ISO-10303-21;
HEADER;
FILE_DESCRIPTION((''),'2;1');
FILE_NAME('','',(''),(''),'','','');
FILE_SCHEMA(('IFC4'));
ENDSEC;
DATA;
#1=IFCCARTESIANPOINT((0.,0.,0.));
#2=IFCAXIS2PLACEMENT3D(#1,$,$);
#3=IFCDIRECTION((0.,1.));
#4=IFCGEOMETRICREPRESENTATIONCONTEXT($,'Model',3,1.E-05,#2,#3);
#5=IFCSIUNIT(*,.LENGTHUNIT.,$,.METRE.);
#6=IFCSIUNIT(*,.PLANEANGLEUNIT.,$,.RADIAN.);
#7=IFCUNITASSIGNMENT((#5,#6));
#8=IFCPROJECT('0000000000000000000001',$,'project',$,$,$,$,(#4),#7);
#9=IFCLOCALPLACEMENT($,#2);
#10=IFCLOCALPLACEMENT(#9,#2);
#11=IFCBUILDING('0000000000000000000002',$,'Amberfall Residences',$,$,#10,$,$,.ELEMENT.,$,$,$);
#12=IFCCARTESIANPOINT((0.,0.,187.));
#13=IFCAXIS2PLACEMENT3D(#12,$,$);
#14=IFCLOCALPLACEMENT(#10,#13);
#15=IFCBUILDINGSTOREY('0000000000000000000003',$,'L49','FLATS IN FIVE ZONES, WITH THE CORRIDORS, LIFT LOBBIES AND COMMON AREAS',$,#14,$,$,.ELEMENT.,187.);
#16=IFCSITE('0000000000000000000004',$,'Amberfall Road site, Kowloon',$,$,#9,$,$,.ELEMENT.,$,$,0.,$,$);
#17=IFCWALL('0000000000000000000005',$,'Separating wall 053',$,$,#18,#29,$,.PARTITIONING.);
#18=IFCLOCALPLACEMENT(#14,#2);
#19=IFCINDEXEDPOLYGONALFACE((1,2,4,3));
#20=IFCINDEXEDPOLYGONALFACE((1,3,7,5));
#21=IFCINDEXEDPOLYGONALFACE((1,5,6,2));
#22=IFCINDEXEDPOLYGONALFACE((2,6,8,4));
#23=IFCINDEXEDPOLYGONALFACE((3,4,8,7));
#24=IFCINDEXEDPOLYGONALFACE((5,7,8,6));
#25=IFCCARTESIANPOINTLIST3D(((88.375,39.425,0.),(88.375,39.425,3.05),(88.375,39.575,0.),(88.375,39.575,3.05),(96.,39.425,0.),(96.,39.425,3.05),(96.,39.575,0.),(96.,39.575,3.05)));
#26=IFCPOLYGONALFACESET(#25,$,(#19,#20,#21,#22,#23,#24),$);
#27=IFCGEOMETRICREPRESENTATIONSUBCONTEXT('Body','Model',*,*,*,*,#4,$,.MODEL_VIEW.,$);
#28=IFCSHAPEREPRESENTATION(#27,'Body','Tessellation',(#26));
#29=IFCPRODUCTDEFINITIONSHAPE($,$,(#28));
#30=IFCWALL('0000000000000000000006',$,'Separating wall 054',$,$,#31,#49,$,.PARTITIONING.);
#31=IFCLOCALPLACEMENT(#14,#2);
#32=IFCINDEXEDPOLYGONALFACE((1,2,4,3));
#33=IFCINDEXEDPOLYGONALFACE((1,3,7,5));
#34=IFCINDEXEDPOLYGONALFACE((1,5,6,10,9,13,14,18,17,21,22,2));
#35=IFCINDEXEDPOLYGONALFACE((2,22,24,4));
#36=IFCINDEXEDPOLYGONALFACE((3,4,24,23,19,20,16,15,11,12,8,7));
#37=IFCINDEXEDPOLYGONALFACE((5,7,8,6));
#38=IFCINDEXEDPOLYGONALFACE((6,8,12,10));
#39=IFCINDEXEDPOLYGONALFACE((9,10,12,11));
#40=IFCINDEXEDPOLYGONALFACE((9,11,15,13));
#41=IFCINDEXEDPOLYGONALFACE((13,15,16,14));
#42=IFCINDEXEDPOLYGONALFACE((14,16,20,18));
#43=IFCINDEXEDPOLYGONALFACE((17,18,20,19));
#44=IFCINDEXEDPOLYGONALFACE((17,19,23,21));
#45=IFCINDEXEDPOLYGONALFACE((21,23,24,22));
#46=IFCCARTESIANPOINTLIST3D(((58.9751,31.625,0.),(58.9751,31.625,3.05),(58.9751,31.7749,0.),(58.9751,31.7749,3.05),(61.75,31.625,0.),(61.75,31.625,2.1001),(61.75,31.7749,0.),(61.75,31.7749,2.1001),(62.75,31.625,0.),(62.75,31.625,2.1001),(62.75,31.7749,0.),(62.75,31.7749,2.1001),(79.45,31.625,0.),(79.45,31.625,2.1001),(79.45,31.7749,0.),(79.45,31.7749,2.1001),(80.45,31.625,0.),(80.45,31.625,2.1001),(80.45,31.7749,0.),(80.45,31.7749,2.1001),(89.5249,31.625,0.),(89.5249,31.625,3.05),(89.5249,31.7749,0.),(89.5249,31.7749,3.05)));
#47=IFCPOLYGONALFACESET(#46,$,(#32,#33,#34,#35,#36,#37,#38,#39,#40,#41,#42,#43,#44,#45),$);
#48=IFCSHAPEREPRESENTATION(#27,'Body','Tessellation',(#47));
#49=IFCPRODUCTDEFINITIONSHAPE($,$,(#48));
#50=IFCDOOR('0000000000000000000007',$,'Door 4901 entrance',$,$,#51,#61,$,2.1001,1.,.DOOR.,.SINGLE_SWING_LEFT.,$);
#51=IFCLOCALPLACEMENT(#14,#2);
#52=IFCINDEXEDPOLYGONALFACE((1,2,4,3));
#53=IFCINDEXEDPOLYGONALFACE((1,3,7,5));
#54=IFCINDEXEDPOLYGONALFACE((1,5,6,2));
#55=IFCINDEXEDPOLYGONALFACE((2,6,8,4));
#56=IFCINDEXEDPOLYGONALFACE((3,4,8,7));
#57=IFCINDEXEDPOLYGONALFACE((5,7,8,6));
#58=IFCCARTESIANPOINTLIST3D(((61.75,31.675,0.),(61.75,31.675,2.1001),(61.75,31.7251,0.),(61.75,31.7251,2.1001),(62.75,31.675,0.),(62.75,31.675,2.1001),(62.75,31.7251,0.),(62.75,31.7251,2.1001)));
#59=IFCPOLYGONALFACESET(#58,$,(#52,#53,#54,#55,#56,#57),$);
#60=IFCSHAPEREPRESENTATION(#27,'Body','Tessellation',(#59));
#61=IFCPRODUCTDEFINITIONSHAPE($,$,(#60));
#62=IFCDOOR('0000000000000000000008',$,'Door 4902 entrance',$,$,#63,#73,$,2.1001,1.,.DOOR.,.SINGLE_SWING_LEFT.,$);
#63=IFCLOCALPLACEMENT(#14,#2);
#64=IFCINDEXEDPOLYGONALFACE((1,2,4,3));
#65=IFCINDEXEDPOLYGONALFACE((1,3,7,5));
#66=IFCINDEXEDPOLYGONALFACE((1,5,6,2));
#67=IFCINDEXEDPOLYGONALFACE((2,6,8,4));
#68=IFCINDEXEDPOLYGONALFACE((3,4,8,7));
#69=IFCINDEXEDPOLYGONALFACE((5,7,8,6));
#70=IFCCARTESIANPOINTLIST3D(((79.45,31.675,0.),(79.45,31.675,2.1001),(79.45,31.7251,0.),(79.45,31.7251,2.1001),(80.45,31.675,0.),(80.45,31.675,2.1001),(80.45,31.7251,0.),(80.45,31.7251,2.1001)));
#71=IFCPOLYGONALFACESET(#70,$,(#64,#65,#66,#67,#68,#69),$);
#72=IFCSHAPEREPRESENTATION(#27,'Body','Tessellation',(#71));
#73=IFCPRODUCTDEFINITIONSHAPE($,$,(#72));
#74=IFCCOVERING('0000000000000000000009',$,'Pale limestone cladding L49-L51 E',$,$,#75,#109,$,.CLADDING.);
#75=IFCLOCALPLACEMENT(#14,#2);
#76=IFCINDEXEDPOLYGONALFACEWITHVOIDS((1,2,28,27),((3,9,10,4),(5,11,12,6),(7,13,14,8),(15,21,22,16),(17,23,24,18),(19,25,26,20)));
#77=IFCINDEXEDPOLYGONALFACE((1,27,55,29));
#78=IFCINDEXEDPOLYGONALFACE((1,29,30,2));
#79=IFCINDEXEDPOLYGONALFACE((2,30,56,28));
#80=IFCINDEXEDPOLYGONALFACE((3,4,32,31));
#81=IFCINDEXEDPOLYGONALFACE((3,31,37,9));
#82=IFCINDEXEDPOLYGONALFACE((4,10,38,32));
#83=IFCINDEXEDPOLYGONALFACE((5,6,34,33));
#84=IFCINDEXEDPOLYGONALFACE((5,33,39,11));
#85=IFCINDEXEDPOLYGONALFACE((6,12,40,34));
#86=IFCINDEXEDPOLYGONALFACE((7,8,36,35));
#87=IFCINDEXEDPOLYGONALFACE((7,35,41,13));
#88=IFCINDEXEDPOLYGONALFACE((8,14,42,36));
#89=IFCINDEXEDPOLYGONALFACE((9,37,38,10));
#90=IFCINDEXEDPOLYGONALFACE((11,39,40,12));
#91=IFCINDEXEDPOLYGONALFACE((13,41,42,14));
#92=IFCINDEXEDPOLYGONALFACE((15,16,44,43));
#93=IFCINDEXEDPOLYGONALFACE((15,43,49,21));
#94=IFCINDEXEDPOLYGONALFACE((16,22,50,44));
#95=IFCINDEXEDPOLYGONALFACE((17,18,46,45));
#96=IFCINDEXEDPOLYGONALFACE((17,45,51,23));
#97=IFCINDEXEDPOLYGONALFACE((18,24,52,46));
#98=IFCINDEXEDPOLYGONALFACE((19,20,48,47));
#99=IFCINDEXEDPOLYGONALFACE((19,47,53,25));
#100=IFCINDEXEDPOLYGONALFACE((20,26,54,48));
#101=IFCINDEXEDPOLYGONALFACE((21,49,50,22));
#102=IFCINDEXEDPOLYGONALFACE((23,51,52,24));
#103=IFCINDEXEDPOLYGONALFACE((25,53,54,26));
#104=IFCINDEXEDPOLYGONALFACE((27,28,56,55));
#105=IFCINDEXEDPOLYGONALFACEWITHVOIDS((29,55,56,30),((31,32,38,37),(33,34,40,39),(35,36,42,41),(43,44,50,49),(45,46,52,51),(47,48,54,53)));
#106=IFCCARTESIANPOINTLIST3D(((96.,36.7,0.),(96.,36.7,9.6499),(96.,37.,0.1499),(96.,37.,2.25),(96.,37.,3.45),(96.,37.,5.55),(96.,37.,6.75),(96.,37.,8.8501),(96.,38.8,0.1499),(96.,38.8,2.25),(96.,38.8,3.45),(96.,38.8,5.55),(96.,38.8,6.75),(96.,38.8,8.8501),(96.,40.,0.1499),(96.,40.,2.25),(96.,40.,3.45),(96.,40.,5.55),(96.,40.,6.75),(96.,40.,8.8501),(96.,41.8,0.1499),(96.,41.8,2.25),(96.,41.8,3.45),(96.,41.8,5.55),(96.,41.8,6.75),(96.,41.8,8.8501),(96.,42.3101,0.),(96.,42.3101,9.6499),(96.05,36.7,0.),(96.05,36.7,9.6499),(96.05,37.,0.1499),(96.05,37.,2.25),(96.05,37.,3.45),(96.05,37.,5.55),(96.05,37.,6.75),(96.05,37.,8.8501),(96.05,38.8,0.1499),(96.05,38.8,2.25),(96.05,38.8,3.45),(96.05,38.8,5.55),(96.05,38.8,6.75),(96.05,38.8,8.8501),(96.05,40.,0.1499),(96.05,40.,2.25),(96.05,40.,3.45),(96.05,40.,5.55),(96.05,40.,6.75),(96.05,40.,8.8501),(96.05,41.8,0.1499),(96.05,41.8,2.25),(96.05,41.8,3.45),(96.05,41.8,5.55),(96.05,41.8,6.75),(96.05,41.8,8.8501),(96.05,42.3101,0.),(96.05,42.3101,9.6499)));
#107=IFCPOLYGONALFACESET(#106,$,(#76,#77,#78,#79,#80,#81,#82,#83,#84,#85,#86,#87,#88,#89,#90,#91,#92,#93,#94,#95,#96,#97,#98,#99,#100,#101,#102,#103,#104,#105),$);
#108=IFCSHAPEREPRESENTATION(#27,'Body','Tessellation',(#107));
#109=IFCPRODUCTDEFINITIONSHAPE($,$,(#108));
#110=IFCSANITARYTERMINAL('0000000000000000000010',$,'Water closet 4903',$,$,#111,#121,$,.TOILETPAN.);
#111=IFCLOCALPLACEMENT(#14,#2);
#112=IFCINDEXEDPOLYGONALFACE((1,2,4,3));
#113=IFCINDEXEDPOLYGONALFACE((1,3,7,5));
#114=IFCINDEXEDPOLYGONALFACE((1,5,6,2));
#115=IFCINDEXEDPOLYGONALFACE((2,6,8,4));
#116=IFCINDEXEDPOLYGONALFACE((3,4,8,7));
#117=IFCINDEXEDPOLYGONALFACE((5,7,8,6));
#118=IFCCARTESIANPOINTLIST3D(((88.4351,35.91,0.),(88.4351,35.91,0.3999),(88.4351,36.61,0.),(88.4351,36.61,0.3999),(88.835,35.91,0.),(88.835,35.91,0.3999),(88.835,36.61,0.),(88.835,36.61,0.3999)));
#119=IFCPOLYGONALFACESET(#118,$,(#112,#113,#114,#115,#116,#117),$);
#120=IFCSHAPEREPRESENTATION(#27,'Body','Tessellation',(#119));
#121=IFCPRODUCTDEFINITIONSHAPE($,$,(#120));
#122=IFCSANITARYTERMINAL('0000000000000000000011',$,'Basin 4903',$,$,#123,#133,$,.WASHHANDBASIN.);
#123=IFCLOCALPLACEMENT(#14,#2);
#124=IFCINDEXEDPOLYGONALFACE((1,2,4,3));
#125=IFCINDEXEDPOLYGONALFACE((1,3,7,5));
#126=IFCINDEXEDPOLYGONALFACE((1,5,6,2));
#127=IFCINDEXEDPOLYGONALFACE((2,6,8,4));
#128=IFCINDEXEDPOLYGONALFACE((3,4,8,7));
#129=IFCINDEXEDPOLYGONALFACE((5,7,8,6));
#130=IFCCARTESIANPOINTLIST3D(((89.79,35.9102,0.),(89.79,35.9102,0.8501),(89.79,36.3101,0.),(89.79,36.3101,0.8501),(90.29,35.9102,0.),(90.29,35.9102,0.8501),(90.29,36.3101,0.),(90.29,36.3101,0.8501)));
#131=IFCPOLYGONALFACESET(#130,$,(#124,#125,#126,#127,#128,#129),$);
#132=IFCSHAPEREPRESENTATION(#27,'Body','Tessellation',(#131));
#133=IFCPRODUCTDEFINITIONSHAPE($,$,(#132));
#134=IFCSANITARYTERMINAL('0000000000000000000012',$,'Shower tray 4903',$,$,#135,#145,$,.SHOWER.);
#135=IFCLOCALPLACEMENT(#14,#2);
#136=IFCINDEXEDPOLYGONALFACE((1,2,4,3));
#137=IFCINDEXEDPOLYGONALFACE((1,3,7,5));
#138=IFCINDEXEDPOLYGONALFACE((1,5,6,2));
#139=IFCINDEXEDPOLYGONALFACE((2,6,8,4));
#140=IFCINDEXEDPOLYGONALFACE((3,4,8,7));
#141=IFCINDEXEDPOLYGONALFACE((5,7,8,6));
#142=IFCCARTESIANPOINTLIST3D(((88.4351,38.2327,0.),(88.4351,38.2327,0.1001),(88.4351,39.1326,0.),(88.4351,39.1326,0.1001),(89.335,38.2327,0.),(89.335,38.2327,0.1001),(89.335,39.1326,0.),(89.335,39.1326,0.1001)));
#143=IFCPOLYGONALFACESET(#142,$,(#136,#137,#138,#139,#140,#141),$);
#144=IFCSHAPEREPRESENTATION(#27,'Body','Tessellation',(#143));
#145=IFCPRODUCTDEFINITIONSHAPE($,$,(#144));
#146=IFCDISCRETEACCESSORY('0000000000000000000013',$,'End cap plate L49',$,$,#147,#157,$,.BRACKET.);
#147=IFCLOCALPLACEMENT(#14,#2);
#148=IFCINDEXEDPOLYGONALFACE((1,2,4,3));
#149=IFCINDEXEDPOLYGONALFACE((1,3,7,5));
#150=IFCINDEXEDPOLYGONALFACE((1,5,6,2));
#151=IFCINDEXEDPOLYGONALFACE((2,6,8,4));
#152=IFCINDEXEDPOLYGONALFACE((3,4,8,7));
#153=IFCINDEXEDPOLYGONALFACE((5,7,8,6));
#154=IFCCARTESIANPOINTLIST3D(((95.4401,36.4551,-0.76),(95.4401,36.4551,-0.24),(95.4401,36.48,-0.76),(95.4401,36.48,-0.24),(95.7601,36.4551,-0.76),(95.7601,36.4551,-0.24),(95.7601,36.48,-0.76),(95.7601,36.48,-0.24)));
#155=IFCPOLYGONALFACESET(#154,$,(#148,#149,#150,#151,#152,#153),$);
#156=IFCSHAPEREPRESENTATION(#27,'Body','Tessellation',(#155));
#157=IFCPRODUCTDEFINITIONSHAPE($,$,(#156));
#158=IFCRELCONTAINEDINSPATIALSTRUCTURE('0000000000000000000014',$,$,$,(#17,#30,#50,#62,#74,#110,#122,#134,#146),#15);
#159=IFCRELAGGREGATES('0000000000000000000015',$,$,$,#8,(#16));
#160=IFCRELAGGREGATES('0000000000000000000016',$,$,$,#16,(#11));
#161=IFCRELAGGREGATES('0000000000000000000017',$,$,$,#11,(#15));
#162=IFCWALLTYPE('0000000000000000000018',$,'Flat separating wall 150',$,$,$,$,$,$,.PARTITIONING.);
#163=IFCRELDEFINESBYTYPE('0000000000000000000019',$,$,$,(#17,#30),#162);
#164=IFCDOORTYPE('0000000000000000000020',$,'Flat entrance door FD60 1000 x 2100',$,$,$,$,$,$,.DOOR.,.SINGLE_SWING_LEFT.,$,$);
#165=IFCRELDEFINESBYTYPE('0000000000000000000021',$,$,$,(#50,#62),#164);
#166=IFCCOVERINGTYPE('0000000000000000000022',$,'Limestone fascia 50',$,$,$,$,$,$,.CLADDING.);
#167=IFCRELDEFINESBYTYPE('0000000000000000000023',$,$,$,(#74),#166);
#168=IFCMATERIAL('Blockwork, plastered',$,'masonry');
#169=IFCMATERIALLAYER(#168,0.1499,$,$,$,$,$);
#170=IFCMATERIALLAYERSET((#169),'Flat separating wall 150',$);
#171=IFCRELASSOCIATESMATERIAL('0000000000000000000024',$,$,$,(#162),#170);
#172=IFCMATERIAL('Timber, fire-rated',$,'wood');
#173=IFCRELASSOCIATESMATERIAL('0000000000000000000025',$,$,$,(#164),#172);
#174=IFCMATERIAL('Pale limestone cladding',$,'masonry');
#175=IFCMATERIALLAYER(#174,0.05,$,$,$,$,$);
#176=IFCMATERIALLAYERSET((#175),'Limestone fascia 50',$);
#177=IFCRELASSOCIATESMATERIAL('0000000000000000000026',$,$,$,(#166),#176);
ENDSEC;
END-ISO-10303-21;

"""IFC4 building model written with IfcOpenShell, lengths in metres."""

from ifc_helpers import new_model, si_unit, direction, frame, frame_2d, origin, origin_2d, place, context, subcontext, project, spatial, polyline, rectangle, outline, extrude, material, layer, layer_set, type_object, element, fill, save


model = new_model("IFC4")

# Units and contexts
model_context = context("Model", 3, precision=1e-05, world=origin(), true_north=direction((0.0, 1.0)))
body_context = subcontext(model_context, "Body", "Model", "MODEL_VIEW")
ifc_project = project(units=[si_unit("LENGTHUNIT", "METRE"), si_unit("PLANEANGLEUNIT", "RADIAN")], contexts=[model_context])

# Site, building, storey
site_placement = place(None, origin())
site = spatial("IfcSite", under=ifc_project, at=site_placement, Name="Amberfall Road site, Kowloon", CompositionType="ELEMENT", RefElevation=0.0)
building_placement = place(site_placement, origin())
building = spatial("IfcBuilding", under=site, at=building_placement, Name="Amberfall Residences", CompositionType="ELEMENT")
storey_placement = place(building_placement, frame((0.0, 0.0, 187.0)))
storey = spatial("IfcBuildingStorey", under=building, at=storey_placement, Name="L49", Description="FLATS IN FIVE ZONES, WITH THE CORRIDORS, LIFT LOBBIES AND COMMON AREAS", CompositionType="ELEMENT", Elevation=187.0)

# Wall
ifc_material_1 = material(Name="Blockwork, plastered", Category="masonry")
ifc_layer_1 = layer(ifc_material_1, 0.1499)
ifc_layer_set_1 = layer_set([ifc_layer_1], Name="Flat separating wall 150")
wall_type_1 = type_object("IfcWallType", Name="Flat separating wall 150", PredefinedType="PARTITIONING", material=ifc_layer_set_1)
wall_1_placement = place(storey_placement, frame((88.375, 39.5, 0.0), z_axis=(0.0, 0.0, 1.0), x_axis=(1.0, 0.0, 0.0)))
element("IfcWall", 1, at=wall_1_placement, inside=storey, type_object=wall_type_1, Name="Separating wall 053", PredefinedType="PARTITIONING", context=body_context, shape_type="SweptSolid", body=[
    extrude(rectangle(XDim=7.625, YDim=0.1499, at=frame_2d((3.8125, 0.0))), origin(), (0.0, 0.0, 1.0), 3.05),
])

# Wall, openings, doors
wall_2_placement = place(storey_placement, frame((89.5249, 31.7, 0.0), z_axis=(0.0, 0.0, 1.0), x_axis=(-1.0, 0.0, 0.0)))
wall_2 = element("IfcWall", 2, at=wall_2_placement, inside=storey, type_object=wall_type_1, Name="Separating wall 054", PredefinedType="PARTITIONING", context=body_context, shape_type="SweptSolid", body=[
    extrude(rectangle(XDim=30.5498, YDim=0.1499, at=frame_2d((15.2749, 0.0))), origin(), (0.0, 0.0, 1.0), 3.05),
])
opening_1_placement = place(wall_2_placement, frame((26.7749, 0.0, 0.0)))
opening_1 = element("IfcOpeningElement", 3, at=opening_1_placement, cuts=wall_2, PredefinedType="OPENING", context=body_context, shape_type="SweptSolid", body=[
    extrude(rectangle(XDim=1.0, YDim=2.1001, at=frame_2d((0.5, 1.05))), frame((0.0, 0.085, 0.0), z_axis=(0.0, -1.0, 0.0), x_axis=(1.0, 0.0, 0.0)), (0.0, 0.0, 1.0), 0.1699),
])
opening_2_placement = place(wall_2_placement, frame((9.075, 0.0, 0.0)))
opening_2 = element("IfcOpeningElement", 4, at=opening_2_placement, cuts=wall_2, PredefinedType="OPENING", context=body_context, shape_type="SweptSolid", body=[
    extrude(rectangle(XDim=1.0, YDim=2.1001, at=frame_2d((0.5, 1.05))), frame((0.0, 0.085, 0.0), z_axis=(0.0, -1.0, 0.0), x_axis=(1.0, 0.0, 0.0)), (0.0, 0.0, 1.0), 0.1699),
])
ifc_material_2 = material(Name="Timber, fire-rated", Category="wood")
door_type_1 = type_object("IfcDoorType", Name="Flat entrance door FD60 1000 x 2100", OperationType="SINGLE_SWING_LEFT", PredefinedType="DOOR", material=ifc_material_2)
door_1_placement = place(opening_1_placement, origin())
door_1 = element("IfcDoor", 5, at=door_1_placement, inside=storey, type_object=door_type_1, Name="Door 4901 entrance", OperationType="SINGLE_SWING_LEFT", OverallHeight=2.1001, OverallWidth=1.0, PredefinedType="DOOR", context=body_context, shape_type="SweptSolid", body=[
    extrude(rectangle(XDim=1.0, YDim=2.1001, at=frame_2d((0.5, 1.05))), frame((0.0, 0.0249, 0.0), z_axis=(0.0, -1.0, 0.0), x_axis=(1.0, 0.0, 0.0)), (0.0, 0.0, 1.0), 0.05),
])
fill(opening_1, door_1)
door_2_placement = place(opening_2_placement, origin())
door_2 = element("IfcDoor", 6, at=door_2_placement, inside=storey, type_object=door_type_1, Name="Door 4902 entrance", OperationType="SINGLE_SWING_LEFT", OverallHeight=2.1001, OverallWidth=1.0, PredefinedType="DOOR", context=body_context, shape_type="SweptSolid", body=[
    extrude(rectangle(XDim=1.0, YDim=2.1001, at=frame_2d((0.5, 1.05))), frame((0.0, 0.0249, 0.0), z_axis=(0.0, -1.0, 0.0), x_axis=(1.0, 0.0, 0.0)), (0.0, 0.0, 1.0), 0.05),
])
fill(opening_2, door_2)

# Covering
ifc_material_3 = material(Name="Pale limestone cladding", Category="masonry")
ifc_layer_2 = layer(ifc_material_3, 0.05)
ifc_layer_set_2 = layer_set([ifc_layer_2], Name="Limestone fascia 50")
covering_type = type_object("IfcCoveringType", Name="Limestone fascia 50", PredefinedType="CLADDING", material=ifc_layer_set_2)
covering_placement = place(storey_placement, frame((96.0, 36.7, 9.6499), z_axis=(-1.0, 0.0, 0.0), x_axis=(0.0, 1.0, 0.0)))
element("IfcCovering", 7, at=covering_placement, inside=storey, type_object=covering_type, Name="Pale limestone cladding L49-L51 E", PredefinedType="CLADDING", context=body_context, shape_type="SweptSolid", body=[
    extrude(outline(polyline([(0.0, 0.0), (5.6101, 0.0), (5.6101, 9.6499), (0.0, 9.6499), (0.0, 0.0)]), holes=[polyline([(0.3, 7.3999), (2.1001, 7.3999), (2.1001, 9.5), (0.3, 9.5), (0.3, 7.3999)]), polyline([(3.3, 7.3999), (5.1001, 7.3999), (5.1001, 9.5), (3.3, 9.5), (3.3, 7.3999)]), polyline([(0.3, 4.0999), (2.1001, 4.0999), (2.1001, 6.2), (0.3, 6.2), (0.3, 4.0999)]), polyline([(3.3, 4.0999), (5.1001, 4.0999), (5.1001, 6.2), (3.3, 6.2), (3.3, 4.0999)]), polyline([(0.3, 0.7998), (2.1001, 0.7998), (2.1001, 2.8999), (0.3, 2.8999), (0.3, 0.7998)]), polyline([(3.3, 0.7998), (5.1001, 0.7998), (5.1001, 2.8999), (3.3, 2.8999), (3.3, 0.7998)])]), origin(), (0.0, 0.0, -1.0), 0.05),
])

# Sanitary terminals
sanitary_terminal_1_placement = place(storey_placement, frame((88.635, 36.26, 0.0), z_axis=(0.0, 0.0, 1.0), x_axis=(1.0, 0.0, 0.0)))
element("IfcSanitaryTerminal", 8, at=sanitary_terminal_1_placement, inside=storey, Name="Water closet 4903", PredefinedType="TOILETPAN", context=body_context, shape_type="SweptSolid", body=[
    extrude(rectangle(XDim=0.3999, YDim=0.7, at=origin_2d()), origin(), (0.0, 0.0, 1.0), 0.3999),
])
sanitary_terminal_2_placement = place(storey_placement, frame((90.04, 36.1101, 0.0), z_axis=(0.0, 0.0, 1.0), x_axis=(1.0, 0.0, 0.0)))
element("IfcSanitaryTerminal", 9, at=sanitary_terminal_2_placement, inside=storey, Name="Basin 4903", PredefinedType="WASHHANDBASIN", context=body_context, shape_type="SweptSolid", body=[
    extrude(rectangle(XDim=0.5, YDim=0.3999, at=origin_2d()), origin(), (0.0, 0.0, 1.0), 0.8501),
])
sanitary_terminal_3_placement = place(storey_placement, frame((88.885, 38.6826, 0.0), z_axis=(0.0, 0.0, 1.0), x_axis=(1.0, 0.0, 0.0)))
element("IfcSanitaryTerminal", 10, at=sanitary_terminal_3_placement, inside=storey, Name="Shower tray 4903", PredefinedType="SHOWER", context=body_context, shape_type="SweptSolid", body=[
    extrude(rectangle(XDim=0.8999, YDim=0.8999, at=origin_2d()), origin(), (0.0, 0.0, 1.0), 0.1001),
])

# Discrete accessory
discrete_accessory_placement = place(storey_placement, frame((95.6001, 36.4675, -0.76), z_axis=(0.0, 0.0, 1.0), x_axis=(0.0, -1.0, 0.0)))
element("IfcDiscreteAccessory", 11, at=discrete_accessory_placement, inside=storey, Name="End cap plate L49", PredefinedType="BRACKET", context=body_context, shape_type="SweptSolid", body=[
    extrude(rectangle(XDim=0.0249, YDim=0.3201, at=origin_2d()), origin(), (0.0, 0.0, 1.0), 0.52),
])

save(model, "model.ifc")
